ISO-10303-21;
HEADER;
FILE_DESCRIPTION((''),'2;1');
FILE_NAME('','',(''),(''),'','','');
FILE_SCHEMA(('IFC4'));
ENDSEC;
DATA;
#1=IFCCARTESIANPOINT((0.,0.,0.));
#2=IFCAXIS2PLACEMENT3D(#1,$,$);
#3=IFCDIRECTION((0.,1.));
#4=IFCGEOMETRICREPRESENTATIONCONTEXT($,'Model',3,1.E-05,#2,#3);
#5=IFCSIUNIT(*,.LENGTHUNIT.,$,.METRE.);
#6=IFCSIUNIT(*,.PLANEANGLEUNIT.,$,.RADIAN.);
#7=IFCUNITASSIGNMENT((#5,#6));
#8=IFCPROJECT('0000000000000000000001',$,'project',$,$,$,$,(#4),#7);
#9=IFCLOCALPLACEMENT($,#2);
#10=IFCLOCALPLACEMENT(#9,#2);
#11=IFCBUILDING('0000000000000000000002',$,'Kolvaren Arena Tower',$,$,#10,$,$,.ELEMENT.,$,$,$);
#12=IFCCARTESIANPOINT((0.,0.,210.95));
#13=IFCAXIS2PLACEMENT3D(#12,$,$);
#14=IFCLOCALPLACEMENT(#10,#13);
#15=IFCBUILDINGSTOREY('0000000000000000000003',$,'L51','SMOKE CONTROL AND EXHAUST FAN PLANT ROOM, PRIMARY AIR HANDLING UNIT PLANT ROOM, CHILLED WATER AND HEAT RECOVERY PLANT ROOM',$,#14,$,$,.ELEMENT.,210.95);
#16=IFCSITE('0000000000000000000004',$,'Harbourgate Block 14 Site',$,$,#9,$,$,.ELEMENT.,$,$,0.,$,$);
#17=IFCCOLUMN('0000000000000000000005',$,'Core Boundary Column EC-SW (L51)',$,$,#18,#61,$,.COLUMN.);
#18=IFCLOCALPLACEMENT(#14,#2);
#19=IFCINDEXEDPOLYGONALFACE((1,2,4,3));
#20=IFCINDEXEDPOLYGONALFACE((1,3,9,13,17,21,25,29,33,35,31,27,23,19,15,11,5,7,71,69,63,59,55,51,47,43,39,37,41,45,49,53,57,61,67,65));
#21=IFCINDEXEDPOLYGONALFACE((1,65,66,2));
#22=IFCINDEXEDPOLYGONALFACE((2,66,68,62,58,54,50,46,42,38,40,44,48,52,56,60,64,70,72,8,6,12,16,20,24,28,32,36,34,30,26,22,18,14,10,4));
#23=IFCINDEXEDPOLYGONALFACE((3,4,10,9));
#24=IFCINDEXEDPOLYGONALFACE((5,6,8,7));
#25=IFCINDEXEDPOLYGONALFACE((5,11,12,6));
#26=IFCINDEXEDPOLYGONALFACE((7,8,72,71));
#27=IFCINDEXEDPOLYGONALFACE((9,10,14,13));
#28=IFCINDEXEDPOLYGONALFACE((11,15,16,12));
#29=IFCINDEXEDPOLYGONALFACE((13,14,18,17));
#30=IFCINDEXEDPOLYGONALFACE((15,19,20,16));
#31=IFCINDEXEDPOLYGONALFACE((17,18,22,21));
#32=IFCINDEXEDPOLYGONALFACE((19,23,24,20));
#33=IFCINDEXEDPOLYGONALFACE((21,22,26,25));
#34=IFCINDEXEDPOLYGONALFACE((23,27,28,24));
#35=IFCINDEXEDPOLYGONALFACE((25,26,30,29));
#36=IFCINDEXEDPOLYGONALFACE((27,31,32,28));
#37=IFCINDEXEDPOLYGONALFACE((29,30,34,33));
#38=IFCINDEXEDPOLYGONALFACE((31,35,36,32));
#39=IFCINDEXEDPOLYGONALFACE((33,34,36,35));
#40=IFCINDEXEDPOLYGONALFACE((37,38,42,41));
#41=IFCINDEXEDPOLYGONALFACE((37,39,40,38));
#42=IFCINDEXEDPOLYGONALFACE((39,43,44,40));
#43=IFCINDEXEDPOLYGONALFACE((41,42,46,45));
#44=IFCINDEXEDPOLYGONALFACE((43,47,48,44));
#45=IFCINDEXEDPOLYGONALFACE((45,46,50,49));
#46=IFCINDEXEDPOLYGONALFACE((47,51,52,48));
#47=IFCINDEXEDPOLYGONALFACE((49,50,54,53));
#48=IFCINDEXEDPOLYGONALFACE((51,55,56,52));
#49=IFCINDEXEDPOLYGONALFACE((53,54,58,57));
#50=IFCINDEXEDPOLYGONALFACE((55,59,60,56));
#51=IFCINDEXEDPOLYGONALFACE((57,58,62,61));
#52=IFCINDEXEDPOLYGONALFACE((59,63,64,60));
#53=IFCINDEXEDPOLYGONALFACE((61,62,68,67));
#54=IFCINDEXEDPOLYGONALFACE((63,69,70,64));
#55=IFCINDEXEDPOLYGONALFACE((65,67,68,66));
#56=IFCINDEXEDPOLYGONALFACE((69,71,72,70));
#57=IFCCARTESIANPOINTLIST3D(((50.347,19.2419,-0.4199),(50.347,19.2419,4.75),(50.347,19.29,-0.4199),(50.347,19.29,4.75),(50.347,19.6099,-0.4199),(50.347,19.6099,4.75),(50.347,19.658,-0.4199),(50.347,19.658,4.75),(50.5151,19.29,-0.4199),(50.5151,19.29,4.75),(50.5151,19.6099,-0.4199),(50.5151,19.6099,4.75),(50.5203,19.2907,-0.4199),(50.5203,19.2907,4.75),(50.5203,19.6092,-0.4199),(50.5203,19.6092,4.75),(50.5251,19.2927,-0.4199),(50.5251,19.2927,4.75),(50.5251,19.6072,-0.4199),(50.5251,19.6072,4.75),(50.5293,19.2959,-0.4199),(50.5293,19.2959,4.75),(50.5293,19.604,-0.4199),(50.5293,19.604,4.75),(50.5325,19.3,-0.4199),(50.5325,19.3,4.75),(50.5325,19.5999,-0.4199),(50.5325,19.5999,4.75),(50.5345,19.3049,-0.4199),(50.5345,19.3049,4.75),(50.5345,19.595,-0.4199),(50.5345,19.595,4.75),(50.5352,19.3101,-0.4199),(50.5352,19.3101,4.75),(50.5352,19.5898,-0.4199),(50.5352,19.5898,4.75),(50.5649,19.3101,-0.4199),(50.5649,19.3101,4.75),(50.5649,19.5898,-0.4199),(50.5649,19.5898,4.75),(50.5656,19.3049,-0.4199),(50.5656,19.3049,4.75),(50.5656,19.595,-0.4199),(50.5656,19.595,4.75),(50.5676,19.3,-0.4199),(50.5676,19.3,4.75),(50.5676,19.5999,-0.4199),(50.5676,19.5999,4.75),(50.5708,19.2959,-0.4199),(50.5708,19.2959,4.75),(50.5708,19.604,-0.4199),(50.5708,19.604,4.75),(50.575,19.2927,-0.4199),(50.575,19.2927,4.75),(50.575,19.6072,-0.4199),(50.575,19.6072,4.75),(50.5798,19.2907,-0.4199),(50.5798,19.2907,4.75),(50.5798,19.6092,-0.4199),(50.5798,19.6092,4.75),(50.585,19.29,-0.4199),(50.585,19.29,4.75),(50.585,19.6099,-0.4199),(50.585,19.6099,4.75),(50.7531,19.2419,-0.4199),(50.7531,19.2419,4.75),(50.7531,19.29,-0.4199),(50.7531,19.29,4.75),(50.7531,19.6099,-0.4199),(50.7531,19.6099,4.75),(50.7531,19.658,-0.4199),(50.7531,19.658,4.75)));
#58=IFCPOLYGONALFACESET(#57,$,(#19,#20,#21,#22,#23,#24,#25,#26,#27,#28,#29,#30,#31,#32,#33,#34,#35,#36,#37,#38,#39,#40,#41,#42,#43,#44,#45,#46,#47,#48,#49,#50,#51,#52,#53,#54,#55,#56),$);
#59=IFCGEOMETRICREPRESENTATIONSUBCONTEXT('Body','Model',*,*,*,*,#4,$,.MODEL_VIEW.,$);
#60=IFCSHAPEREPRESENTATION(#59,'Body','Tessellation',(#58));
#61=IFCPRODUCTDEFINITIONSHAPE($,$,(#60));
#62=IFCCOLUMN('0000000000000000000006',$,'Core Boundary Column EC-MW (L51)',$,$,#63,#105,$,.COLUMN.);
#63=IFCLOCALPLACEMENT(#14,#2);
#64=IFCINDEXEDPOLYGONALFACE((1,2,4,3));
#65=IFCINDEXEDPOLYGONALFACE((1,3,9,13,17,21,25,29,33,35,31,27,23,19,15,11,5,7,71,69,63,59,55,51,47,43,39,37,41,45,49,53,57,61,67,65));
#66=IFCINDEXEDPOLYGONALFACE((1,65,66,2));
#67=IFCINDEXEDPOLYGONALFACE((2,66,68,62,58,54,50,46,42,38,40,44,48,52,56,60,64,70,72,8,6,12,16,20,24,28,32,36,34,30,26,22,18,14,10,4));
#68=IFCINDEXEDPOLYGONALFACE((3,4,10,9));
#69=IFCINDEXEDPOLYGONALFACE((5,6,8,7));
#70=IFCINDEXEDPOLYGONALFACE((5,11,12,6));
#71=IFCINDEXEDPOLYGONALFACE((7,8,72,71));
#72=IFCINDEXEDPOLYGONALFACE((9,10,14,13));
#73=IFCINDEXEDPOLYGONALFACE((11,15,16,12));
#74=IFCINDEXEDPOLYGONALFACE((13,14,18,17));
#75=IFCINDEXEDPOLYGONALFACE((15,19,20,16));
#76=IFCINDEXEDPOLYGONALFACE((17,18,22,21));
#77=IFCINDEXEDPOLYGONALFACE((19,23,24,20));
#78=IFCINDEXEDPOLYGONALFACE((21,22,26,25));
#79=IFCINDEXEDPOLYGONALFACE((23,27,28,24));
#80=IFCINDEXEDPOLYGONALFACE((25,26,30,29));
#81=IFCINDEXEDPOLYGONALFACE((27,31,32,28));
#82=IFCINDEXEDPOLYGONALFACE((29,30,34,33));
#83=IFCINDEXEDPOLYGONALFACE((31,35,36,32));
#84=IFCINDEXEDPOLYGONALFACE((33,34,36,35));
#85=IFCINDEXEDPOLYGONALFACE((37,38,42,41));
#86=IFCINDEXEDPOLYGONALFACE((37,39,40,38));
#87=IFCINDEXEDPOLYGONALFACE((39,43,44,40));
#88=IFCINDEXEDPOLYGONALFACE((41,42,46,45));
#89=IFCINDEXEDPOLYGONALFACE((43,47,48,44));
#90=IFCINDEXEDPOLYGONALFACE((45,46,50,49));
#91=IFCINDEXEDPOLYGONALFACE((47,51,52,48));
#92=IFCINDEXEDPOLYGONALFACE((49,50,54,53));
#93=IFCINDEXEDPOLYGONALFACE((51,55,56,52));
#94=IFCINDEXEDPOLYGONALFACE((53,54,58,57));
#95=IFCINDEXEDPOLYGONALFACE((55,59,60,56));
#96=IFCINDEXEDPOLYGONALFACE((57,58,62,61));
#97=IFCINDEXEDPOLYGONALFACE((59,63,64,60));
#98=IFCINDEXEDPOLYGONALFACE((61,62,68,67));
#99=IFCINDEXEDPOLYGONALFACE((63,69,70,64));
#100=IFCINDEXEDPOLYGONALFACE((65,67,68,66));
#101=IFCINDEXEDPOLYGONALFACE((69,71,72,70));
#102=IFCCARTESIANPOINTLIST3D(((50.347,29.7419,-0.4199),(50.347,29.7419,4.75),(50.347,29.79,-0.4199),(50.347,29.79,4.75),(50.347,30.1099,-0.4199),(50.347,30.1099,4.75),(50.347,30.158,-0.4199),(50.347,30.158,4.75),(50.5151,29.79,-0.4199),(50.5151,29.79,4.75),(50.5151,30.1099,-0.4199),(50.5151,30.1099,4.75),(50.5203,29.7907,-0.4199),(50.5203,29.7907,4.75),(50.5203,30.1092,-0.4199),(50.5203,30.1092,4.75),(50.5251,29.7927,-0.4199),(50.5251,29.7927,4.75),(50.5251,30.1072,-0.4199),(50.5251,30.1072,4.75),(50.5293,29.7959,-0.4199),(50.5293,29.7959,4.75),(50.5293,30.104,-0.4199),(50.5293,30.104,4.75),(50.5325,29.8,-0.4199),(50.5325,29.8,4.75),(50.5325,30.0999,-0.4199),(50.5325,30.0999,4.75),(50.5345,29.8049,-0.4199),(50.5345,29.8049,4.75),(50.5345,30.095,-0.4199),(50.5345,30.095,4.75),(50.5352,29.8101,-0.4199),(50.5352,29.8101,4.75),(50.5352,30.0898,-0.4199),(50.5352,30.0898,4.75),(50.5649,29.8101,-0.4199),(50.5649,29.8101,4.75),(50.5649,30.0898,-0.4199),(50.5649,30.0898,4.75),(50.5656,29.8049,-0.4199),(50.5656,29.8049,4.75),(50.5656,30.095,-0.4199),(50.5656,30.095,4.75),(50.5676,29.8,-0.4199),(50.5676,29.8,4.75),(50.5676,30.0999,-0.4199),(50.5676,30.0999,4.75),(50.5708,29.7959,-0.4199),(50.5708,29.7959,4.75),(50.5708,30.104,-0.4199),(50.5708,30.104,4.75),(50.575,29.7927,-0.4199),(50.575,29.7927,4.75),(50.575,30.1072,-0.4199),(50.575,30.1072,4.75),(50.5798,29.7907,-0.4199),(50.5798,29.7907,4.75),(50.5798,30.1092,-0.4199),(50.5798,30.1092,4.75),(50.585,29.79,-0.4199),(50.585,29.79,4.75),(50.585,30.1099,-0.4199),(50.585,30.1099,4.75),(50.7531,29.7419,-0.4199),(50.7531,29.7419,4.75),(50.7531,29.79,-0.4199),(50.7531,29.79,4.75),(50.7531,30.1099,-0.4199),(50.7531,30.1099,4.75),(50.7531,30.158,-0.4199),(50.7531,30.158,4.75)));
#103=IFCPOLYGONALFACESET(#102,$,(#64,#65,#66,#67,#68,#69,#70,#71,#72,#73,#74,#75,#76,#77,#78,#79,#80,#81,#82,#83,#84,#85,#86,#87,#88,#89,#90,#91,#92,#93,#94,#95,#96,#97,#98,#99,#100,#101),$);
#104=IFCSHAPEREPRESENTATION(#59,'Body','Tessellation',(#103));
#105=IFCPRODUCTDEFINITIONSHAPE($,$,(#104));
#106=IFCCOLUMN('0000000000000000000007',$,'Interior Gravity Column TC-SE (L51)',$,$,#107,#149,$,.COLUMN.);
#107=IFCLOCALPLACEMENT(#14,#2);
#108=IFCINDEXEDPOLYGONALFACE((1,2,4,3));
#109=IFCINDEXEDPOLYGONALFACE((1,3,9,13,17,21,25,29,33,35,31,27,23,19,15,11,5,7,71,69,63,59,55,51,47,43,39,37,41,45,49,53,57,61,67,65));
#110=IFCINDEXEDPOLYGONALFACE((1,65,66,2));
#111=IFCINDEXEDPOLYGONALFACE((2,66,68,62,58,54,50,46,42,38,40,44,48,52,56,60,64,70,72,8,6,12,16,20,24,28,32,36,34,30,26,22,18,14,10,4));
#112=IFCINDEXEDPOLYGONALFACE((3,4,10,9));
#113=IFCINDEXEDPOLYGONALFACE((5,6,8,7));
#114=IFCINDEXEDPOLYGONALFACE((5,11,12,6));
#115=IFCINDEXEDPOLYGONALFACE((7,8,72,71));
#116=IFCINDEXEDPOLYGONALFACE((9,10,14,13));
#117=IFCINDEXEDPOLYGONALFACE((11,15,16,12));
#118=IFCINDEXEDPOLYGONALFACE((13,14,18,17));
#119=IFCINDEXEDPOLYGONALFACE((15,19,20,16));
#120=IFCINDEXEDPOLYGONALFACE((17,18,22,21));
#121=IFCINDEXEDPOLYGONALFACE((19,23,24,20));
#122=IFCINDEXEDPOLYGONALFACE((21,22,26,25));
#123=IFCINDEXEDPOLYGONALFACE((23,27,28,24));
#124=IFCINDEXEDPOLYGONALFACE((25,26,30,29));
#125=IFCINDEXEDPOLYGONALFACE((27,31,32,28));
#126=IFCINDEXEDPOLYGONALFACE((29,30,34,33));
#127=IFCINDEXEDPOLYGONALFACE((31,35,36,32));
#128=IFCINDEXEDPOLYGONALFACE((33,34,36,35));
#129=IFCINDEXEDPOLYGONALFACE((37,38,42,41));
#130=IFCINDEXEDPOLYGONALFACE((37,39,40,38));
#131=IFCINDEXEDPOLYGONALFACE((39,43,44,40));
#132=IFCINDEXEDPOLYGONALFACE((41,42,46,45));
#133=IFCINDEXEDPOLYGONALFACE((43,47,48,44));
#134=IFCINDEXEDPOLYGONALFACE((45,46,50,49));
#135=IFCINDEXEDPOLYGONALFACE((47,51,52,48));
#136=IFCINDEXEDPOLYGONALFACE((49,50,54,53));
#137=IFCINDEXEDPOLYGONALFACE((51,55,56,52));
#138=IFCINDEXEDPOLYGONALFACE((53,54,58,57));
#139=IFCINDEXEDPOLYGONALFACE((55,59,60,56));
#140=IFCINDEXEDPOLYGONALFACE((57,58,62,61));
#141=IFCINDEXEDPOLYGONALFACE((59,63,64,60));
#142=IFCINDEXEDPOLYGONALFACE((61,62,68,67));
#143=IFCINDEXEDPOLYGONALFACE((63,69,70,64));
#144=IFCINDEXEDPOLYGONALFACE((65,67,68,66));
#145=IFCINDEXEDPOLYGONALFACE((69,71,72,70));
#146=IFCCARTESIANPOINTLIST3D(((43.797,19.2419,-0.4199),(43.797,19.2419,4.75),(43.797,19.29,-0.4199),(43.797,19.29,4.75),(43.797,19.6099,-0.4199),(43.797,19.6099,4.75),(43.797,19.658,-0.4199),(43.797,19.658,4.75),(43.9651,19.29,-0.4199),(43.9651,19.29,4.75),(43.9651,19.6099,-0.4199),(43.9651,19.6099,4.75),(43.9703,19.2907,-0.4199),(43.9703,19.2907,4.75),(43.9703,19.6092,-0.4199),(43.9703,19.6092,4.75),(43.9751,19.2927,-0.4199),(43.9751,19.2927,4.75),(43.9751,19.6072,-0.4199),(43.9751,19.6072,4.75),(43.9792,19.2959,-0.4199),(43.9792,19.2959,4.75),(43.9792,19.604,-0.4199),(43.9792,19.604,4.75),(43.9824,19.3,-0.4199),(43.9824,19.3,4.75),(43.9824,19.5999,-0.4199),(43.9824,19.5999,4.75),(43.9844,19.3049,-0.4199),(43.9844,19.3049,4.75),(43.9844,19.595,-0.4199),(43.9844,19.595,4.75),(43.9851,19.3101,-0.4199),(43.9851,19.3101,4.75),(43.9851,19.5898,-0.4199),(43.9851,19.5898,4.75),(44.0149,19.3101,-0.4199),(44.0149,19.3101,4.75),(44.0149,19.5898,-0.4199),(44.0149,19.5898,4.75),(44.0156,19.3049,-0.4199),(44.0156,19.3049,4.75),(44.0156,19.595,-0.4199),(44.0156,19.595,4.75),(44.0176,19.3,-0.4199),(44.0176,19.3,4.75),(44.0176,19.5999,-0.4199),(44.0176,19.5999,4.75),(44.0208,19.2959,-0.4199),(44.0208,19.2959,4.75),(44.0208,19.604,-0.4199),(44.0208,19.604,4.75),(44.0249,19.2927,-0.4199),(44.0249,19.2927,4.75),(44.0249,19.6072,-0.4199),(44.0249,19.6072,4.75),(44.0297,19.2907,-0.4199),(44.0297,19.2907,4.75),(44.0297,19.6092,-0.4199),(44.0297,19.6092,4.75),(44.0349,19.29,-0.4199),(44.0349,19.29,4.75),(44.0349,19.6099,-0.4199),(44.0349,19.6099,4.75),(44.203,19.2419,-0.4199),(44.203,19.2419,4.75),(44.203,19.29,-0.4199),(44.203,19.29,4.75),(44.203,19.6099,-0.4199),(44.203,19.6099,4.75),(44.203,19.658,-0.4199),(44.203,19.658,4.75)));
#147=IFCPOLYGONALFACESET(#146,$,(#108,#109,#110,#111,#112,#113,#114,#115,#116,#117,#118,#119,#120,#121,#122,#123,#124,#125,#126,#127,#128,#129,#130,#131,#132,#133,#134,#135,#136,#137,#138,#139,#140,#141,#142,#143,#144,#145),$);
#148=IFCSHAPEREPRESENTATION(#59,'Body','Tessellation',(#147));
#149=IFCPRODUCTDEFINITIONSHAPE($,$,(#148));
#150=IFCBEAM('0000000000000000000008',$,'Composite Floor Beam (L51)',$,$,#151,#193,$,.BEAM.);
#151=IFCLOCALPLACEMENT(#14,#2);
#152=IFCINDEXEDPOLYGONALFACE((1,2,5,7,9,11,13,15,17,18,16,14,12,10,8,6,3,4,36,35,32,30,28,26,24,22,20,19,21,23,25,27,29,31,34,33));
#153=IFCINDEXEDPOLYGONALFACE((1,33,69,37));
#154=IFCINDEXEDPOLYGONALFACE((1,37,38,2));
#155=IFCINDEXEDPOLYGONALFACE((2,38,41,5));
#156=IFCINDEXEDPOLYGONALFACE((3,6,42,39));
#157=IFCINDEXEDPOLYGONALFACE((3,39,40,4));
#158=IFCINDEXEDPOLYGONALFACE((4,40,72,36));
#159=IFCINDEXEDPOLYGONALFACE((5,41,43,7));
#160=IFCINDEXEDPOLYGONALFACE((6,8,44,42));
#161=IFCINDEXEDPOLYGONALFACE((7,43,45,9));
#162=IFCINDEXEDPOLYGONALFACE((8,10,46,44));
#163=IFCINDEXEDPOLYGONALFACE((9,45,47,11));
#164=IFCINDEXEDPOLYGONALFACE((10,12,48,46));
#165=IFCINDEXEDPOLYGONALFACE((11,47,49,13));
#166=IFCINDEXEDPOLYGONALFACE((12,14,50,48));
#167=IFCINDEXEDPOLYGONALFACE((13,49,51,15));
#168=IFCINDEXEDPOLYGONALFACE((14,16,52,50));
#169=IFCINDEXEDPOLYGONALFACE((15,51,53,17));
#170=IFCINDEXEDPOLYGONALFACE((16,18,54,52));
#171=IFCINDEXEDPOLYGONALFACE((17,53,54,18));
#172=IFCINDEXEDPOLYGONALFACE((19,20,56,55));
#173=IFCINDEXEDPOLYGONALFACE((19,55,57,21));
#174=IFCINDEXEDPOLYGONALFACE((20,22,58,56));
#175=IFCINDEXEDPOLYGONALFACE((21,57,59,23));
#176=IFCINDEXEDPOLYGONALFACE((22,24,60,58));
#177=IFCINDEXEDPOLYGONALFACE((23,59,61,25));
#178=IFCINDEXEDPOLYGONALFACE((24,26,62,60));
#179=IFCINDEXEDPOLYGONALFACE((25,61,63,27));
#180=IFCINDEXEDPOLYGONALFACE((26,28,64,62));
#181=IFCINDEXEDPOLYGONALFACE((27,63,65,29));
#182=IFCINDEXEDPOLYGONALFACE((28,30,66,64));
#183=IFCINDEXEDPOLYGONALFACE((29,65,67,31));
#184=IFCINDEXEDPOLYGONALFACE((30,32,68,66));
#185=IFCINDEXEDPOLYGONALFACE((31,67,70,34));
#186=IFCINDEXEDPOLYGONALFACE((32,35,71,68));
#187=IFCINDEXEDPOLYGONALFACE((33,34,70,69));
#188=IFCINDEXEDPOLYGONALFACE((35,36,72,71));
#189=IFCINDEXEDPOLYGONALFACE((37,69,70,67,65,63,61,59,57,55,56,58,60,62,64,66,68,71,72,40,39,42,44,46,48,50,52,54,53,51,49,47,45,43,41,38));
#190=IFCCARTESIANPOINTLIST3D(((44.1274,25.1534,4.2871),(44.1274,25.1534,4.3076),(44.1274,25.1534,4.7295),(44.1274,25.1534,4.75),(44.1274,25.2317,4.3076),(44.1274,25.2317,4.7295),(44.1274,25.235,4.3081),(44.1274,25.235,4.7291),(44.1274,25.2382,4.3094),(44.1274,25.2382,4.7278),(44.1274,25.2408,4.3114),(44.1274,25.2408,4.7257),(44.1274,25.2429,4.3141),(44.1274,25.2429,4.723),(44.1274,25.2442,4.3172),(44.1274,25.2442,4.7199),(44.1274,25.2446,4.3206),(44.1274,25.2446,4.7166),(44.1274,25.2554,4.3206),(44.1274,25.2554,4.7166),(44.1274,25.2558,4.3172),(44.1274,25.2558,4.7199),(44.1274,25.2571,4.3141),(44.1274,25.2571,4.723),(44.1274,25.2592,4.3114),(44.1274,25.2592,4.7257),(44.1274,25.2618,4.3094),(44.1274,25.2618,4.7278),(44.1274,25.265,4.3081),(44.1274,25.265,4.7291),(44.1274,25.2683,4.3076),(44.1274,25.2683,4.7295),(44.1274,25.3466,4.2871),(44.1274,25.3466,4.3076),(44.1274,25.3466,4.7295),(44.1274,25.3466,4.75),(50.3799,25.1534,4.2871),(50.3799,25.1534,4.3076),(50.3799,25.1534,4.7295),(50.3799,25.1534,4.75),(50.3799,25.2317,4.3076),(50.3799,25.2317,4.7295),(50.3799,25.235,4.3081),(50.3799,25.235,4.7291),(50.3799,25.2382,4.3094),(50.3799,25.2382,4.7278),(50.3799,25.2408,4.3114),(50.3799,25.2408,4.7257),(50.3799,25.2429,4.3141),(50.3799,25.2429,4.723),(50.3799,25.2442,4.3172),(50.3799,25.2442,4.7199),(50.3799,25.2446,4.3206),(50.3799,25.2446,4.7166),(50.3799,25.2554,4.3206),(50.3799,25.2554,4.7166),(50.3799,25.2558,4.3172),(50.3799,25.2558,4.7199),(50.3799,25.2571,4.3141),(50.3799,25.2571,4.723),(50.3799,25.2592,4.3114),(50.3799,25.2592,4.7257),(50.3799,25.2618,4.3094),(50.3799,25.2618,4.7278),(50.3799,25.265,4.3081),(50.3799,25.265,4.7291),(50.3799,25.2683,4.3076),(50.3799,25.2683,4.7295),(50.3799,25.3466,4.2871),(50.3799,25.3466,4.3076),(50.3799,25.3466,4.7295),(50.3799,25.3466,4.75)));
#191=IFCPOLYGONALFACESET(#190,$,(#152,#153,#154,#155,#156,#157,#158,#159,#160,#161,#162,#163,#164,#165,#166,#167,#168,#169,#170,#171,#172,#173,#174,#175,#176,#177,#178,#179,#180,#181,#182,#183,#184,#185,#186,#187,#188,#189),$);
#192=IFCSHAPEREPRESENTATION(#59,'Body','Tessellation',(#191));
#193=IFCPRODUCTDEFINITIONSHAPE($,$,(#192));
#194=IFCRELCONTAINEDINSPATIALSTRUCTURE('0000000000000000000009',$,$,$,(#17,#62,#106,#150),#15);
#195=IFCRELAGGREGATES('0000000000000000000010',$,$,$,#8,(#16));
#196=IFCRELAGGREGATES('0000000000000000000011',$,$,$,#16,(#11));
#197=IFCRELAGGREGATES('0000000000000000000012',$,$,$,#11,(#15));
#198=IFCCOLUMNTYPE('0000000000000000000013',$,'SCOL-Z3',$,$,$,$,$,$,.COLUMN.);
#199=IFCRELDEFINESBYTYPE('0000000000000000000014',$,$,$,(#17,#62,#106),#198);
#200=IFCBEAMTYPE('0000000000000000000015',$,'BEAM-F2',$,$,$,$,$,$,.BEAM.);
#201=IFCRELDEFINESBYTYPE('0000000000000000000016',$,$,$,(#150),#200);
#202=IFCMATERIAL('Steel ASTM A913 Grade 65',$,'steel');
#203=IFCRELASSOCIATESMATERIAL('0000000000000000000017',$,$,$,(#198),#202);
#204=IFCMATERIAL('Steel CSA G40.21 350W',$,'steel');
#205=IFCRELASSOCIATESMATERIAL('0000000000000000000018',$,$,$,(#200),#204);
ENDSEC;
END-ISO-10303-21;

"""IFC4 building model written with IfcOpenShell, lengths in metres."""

from ifc_helpers import new_model, si_unit, direction, frame, origin, origin_2d, place, context, subcontext, project, spatial, i_section, extrude, material, material_profile, profile_set, type_object, element, save


model = new_model("IFC4")

# Units and contexts
model_context = context("Model", 3, precision=1e-05, world=origin(), true_north=direction((0.0, 1.0)))
body_context = subcontext(model_context, "Body", "Model", "MODEL_VIEW")
ifc_project = project(units=[si_unit("LENGTHUNIT", "METRE"), si_unit("PLANEANGLEUNIT", "RADIAN")], contexts=[model_context])

# Site, building, storey
site_placement = place(None, origin())
site = spatial("IfcSite", under=ifc_project, at=site_placement, Name="Harbourgate Block 14 Site", CompositionType="ELEMENT", RefElevation=0.0)
building_placement = place(site_placement, origin())
building = spatial("IfcBuilding", under=site, at=building_placement, Name="Kolvaren Arena Tower", CompositionType="ELEMENT")
storey_placement = place(building_placement, frame((0.0, 0.0, 210.95)))
storey = spatial("IfcBuildingStorey", under=building, at=storey_placement, Name="L51", Description="SMOKE CONTROL AND EXHAUST FAN PLANT ROOM, PRIMARY AIR HANDLING UNIT PLANT ROOM, CHILLED WATER AND HEAT RECOVERY PLANT ROOM", CompositionType="ELEMENT", Elevation=210.95)

# Columns
ifc_material_1 = material(Name="Steel ASTM A913 Grade 65", Category="steel")
ifc_material_profile_1 = material_profile(ifc_material_1, i_section(OverallWidth=0.406, OverallDepth=0.416, WebThickness=0.0298, FlangeThickness=0.0481, FilletRadius=0.02, at=origin_2d()), Name="W360x382")
ifc_profile_set_1 = profile_set([ifc_material_profile_1], Name="Steel ASTM A913 Grade 65")
column_type = type_object("IfcColumnType", Name="SCOL-Z3", PredefinedType="COLUMN", material=ifc_profile_set_1)
for number, where, z_axis, x_axis, name in (
    (1, (50.55, 19.45, -0.4199), (0.0, 0.0, 1.0), (1.0, 0.0, 0.0), "Core Boundary Column EC-SW (L51)"),
    (2, (50.55, 29.95, -0.4199), (0.0, 0.0, 1.0), (1.0, 0.0, 0.0), "Core Boundary Column EC-MW (L51)"),
    (3, (44.0, 19.45, -0.4199), (0.0, 0.0, 1.0), (1.0, 0.0, 0.0), "Interior Gravity Column TC-SE (L51)"),
):
    element("IfcColumn", number, at=place(storey_placement, frame(where, z_axis=z_axis, x_axis=x_axis)), inside=storey, type_object=column_type, Name=name, PredefinedType="COLUMN", context=body_context, shape_type="SweptSolid", body=[
        extrude(i_section(OverallWidth=0.406, OverallDepth=0.416, WebThickness=0.0298, FlangeThickness=0.0481, FilletRadius=0.02, at=origin_2d()), origin(), (0.0, 0.0, 1.0), 5.1699),
    ])

# Beam
ifc_material_2 = material(Name="Steel CSA G40.21 350W", Category="steel")
ifc_material_profile_2 = material_profile(ifc_material_2, i_section(OverallWidth=0.1931, OverallDepth=0.4629, WebThickness=0.0107, FlangeThickness=0.0205, FilletRadius=0.0129, at=origin_2d()), Name="W460x113")
ifc_profile_set_2 = profile_set([ifc_material_profile_2], Name="Steel CSA G40.21 350W")
beam_type_1 = type_object("IfcBeamType", Name="BEAM-F2", PredefinedType="BEAM", material=ifc_profile_set_2)
beam_1_placement = place(storey_placement, frame((44.1274, 25.25, 4.5186), z_axis=(1.0, 0.0, 0.0), x_axis=(0.0, 1.0, 0.0)))
element("IfcBeam", 4, at=beam_1_placement, inside=storey, type_object=beam_type_1, Name="Composite Floor Beam (L51)", PredefinedType="BEAM", context=body_context, shape_type="SweptSolid", body=[
    extrude(i_section(OverallWidth=0.1931, OverallDepth=0.4629, WebThickness=0.0107, FlangeThickness=0.0205, FilletRadius=0.0129, at=origin_2d()), origin(), (0.0, 0.0, 1.0), 6.2524),
])

save(model, "model.ifc")
